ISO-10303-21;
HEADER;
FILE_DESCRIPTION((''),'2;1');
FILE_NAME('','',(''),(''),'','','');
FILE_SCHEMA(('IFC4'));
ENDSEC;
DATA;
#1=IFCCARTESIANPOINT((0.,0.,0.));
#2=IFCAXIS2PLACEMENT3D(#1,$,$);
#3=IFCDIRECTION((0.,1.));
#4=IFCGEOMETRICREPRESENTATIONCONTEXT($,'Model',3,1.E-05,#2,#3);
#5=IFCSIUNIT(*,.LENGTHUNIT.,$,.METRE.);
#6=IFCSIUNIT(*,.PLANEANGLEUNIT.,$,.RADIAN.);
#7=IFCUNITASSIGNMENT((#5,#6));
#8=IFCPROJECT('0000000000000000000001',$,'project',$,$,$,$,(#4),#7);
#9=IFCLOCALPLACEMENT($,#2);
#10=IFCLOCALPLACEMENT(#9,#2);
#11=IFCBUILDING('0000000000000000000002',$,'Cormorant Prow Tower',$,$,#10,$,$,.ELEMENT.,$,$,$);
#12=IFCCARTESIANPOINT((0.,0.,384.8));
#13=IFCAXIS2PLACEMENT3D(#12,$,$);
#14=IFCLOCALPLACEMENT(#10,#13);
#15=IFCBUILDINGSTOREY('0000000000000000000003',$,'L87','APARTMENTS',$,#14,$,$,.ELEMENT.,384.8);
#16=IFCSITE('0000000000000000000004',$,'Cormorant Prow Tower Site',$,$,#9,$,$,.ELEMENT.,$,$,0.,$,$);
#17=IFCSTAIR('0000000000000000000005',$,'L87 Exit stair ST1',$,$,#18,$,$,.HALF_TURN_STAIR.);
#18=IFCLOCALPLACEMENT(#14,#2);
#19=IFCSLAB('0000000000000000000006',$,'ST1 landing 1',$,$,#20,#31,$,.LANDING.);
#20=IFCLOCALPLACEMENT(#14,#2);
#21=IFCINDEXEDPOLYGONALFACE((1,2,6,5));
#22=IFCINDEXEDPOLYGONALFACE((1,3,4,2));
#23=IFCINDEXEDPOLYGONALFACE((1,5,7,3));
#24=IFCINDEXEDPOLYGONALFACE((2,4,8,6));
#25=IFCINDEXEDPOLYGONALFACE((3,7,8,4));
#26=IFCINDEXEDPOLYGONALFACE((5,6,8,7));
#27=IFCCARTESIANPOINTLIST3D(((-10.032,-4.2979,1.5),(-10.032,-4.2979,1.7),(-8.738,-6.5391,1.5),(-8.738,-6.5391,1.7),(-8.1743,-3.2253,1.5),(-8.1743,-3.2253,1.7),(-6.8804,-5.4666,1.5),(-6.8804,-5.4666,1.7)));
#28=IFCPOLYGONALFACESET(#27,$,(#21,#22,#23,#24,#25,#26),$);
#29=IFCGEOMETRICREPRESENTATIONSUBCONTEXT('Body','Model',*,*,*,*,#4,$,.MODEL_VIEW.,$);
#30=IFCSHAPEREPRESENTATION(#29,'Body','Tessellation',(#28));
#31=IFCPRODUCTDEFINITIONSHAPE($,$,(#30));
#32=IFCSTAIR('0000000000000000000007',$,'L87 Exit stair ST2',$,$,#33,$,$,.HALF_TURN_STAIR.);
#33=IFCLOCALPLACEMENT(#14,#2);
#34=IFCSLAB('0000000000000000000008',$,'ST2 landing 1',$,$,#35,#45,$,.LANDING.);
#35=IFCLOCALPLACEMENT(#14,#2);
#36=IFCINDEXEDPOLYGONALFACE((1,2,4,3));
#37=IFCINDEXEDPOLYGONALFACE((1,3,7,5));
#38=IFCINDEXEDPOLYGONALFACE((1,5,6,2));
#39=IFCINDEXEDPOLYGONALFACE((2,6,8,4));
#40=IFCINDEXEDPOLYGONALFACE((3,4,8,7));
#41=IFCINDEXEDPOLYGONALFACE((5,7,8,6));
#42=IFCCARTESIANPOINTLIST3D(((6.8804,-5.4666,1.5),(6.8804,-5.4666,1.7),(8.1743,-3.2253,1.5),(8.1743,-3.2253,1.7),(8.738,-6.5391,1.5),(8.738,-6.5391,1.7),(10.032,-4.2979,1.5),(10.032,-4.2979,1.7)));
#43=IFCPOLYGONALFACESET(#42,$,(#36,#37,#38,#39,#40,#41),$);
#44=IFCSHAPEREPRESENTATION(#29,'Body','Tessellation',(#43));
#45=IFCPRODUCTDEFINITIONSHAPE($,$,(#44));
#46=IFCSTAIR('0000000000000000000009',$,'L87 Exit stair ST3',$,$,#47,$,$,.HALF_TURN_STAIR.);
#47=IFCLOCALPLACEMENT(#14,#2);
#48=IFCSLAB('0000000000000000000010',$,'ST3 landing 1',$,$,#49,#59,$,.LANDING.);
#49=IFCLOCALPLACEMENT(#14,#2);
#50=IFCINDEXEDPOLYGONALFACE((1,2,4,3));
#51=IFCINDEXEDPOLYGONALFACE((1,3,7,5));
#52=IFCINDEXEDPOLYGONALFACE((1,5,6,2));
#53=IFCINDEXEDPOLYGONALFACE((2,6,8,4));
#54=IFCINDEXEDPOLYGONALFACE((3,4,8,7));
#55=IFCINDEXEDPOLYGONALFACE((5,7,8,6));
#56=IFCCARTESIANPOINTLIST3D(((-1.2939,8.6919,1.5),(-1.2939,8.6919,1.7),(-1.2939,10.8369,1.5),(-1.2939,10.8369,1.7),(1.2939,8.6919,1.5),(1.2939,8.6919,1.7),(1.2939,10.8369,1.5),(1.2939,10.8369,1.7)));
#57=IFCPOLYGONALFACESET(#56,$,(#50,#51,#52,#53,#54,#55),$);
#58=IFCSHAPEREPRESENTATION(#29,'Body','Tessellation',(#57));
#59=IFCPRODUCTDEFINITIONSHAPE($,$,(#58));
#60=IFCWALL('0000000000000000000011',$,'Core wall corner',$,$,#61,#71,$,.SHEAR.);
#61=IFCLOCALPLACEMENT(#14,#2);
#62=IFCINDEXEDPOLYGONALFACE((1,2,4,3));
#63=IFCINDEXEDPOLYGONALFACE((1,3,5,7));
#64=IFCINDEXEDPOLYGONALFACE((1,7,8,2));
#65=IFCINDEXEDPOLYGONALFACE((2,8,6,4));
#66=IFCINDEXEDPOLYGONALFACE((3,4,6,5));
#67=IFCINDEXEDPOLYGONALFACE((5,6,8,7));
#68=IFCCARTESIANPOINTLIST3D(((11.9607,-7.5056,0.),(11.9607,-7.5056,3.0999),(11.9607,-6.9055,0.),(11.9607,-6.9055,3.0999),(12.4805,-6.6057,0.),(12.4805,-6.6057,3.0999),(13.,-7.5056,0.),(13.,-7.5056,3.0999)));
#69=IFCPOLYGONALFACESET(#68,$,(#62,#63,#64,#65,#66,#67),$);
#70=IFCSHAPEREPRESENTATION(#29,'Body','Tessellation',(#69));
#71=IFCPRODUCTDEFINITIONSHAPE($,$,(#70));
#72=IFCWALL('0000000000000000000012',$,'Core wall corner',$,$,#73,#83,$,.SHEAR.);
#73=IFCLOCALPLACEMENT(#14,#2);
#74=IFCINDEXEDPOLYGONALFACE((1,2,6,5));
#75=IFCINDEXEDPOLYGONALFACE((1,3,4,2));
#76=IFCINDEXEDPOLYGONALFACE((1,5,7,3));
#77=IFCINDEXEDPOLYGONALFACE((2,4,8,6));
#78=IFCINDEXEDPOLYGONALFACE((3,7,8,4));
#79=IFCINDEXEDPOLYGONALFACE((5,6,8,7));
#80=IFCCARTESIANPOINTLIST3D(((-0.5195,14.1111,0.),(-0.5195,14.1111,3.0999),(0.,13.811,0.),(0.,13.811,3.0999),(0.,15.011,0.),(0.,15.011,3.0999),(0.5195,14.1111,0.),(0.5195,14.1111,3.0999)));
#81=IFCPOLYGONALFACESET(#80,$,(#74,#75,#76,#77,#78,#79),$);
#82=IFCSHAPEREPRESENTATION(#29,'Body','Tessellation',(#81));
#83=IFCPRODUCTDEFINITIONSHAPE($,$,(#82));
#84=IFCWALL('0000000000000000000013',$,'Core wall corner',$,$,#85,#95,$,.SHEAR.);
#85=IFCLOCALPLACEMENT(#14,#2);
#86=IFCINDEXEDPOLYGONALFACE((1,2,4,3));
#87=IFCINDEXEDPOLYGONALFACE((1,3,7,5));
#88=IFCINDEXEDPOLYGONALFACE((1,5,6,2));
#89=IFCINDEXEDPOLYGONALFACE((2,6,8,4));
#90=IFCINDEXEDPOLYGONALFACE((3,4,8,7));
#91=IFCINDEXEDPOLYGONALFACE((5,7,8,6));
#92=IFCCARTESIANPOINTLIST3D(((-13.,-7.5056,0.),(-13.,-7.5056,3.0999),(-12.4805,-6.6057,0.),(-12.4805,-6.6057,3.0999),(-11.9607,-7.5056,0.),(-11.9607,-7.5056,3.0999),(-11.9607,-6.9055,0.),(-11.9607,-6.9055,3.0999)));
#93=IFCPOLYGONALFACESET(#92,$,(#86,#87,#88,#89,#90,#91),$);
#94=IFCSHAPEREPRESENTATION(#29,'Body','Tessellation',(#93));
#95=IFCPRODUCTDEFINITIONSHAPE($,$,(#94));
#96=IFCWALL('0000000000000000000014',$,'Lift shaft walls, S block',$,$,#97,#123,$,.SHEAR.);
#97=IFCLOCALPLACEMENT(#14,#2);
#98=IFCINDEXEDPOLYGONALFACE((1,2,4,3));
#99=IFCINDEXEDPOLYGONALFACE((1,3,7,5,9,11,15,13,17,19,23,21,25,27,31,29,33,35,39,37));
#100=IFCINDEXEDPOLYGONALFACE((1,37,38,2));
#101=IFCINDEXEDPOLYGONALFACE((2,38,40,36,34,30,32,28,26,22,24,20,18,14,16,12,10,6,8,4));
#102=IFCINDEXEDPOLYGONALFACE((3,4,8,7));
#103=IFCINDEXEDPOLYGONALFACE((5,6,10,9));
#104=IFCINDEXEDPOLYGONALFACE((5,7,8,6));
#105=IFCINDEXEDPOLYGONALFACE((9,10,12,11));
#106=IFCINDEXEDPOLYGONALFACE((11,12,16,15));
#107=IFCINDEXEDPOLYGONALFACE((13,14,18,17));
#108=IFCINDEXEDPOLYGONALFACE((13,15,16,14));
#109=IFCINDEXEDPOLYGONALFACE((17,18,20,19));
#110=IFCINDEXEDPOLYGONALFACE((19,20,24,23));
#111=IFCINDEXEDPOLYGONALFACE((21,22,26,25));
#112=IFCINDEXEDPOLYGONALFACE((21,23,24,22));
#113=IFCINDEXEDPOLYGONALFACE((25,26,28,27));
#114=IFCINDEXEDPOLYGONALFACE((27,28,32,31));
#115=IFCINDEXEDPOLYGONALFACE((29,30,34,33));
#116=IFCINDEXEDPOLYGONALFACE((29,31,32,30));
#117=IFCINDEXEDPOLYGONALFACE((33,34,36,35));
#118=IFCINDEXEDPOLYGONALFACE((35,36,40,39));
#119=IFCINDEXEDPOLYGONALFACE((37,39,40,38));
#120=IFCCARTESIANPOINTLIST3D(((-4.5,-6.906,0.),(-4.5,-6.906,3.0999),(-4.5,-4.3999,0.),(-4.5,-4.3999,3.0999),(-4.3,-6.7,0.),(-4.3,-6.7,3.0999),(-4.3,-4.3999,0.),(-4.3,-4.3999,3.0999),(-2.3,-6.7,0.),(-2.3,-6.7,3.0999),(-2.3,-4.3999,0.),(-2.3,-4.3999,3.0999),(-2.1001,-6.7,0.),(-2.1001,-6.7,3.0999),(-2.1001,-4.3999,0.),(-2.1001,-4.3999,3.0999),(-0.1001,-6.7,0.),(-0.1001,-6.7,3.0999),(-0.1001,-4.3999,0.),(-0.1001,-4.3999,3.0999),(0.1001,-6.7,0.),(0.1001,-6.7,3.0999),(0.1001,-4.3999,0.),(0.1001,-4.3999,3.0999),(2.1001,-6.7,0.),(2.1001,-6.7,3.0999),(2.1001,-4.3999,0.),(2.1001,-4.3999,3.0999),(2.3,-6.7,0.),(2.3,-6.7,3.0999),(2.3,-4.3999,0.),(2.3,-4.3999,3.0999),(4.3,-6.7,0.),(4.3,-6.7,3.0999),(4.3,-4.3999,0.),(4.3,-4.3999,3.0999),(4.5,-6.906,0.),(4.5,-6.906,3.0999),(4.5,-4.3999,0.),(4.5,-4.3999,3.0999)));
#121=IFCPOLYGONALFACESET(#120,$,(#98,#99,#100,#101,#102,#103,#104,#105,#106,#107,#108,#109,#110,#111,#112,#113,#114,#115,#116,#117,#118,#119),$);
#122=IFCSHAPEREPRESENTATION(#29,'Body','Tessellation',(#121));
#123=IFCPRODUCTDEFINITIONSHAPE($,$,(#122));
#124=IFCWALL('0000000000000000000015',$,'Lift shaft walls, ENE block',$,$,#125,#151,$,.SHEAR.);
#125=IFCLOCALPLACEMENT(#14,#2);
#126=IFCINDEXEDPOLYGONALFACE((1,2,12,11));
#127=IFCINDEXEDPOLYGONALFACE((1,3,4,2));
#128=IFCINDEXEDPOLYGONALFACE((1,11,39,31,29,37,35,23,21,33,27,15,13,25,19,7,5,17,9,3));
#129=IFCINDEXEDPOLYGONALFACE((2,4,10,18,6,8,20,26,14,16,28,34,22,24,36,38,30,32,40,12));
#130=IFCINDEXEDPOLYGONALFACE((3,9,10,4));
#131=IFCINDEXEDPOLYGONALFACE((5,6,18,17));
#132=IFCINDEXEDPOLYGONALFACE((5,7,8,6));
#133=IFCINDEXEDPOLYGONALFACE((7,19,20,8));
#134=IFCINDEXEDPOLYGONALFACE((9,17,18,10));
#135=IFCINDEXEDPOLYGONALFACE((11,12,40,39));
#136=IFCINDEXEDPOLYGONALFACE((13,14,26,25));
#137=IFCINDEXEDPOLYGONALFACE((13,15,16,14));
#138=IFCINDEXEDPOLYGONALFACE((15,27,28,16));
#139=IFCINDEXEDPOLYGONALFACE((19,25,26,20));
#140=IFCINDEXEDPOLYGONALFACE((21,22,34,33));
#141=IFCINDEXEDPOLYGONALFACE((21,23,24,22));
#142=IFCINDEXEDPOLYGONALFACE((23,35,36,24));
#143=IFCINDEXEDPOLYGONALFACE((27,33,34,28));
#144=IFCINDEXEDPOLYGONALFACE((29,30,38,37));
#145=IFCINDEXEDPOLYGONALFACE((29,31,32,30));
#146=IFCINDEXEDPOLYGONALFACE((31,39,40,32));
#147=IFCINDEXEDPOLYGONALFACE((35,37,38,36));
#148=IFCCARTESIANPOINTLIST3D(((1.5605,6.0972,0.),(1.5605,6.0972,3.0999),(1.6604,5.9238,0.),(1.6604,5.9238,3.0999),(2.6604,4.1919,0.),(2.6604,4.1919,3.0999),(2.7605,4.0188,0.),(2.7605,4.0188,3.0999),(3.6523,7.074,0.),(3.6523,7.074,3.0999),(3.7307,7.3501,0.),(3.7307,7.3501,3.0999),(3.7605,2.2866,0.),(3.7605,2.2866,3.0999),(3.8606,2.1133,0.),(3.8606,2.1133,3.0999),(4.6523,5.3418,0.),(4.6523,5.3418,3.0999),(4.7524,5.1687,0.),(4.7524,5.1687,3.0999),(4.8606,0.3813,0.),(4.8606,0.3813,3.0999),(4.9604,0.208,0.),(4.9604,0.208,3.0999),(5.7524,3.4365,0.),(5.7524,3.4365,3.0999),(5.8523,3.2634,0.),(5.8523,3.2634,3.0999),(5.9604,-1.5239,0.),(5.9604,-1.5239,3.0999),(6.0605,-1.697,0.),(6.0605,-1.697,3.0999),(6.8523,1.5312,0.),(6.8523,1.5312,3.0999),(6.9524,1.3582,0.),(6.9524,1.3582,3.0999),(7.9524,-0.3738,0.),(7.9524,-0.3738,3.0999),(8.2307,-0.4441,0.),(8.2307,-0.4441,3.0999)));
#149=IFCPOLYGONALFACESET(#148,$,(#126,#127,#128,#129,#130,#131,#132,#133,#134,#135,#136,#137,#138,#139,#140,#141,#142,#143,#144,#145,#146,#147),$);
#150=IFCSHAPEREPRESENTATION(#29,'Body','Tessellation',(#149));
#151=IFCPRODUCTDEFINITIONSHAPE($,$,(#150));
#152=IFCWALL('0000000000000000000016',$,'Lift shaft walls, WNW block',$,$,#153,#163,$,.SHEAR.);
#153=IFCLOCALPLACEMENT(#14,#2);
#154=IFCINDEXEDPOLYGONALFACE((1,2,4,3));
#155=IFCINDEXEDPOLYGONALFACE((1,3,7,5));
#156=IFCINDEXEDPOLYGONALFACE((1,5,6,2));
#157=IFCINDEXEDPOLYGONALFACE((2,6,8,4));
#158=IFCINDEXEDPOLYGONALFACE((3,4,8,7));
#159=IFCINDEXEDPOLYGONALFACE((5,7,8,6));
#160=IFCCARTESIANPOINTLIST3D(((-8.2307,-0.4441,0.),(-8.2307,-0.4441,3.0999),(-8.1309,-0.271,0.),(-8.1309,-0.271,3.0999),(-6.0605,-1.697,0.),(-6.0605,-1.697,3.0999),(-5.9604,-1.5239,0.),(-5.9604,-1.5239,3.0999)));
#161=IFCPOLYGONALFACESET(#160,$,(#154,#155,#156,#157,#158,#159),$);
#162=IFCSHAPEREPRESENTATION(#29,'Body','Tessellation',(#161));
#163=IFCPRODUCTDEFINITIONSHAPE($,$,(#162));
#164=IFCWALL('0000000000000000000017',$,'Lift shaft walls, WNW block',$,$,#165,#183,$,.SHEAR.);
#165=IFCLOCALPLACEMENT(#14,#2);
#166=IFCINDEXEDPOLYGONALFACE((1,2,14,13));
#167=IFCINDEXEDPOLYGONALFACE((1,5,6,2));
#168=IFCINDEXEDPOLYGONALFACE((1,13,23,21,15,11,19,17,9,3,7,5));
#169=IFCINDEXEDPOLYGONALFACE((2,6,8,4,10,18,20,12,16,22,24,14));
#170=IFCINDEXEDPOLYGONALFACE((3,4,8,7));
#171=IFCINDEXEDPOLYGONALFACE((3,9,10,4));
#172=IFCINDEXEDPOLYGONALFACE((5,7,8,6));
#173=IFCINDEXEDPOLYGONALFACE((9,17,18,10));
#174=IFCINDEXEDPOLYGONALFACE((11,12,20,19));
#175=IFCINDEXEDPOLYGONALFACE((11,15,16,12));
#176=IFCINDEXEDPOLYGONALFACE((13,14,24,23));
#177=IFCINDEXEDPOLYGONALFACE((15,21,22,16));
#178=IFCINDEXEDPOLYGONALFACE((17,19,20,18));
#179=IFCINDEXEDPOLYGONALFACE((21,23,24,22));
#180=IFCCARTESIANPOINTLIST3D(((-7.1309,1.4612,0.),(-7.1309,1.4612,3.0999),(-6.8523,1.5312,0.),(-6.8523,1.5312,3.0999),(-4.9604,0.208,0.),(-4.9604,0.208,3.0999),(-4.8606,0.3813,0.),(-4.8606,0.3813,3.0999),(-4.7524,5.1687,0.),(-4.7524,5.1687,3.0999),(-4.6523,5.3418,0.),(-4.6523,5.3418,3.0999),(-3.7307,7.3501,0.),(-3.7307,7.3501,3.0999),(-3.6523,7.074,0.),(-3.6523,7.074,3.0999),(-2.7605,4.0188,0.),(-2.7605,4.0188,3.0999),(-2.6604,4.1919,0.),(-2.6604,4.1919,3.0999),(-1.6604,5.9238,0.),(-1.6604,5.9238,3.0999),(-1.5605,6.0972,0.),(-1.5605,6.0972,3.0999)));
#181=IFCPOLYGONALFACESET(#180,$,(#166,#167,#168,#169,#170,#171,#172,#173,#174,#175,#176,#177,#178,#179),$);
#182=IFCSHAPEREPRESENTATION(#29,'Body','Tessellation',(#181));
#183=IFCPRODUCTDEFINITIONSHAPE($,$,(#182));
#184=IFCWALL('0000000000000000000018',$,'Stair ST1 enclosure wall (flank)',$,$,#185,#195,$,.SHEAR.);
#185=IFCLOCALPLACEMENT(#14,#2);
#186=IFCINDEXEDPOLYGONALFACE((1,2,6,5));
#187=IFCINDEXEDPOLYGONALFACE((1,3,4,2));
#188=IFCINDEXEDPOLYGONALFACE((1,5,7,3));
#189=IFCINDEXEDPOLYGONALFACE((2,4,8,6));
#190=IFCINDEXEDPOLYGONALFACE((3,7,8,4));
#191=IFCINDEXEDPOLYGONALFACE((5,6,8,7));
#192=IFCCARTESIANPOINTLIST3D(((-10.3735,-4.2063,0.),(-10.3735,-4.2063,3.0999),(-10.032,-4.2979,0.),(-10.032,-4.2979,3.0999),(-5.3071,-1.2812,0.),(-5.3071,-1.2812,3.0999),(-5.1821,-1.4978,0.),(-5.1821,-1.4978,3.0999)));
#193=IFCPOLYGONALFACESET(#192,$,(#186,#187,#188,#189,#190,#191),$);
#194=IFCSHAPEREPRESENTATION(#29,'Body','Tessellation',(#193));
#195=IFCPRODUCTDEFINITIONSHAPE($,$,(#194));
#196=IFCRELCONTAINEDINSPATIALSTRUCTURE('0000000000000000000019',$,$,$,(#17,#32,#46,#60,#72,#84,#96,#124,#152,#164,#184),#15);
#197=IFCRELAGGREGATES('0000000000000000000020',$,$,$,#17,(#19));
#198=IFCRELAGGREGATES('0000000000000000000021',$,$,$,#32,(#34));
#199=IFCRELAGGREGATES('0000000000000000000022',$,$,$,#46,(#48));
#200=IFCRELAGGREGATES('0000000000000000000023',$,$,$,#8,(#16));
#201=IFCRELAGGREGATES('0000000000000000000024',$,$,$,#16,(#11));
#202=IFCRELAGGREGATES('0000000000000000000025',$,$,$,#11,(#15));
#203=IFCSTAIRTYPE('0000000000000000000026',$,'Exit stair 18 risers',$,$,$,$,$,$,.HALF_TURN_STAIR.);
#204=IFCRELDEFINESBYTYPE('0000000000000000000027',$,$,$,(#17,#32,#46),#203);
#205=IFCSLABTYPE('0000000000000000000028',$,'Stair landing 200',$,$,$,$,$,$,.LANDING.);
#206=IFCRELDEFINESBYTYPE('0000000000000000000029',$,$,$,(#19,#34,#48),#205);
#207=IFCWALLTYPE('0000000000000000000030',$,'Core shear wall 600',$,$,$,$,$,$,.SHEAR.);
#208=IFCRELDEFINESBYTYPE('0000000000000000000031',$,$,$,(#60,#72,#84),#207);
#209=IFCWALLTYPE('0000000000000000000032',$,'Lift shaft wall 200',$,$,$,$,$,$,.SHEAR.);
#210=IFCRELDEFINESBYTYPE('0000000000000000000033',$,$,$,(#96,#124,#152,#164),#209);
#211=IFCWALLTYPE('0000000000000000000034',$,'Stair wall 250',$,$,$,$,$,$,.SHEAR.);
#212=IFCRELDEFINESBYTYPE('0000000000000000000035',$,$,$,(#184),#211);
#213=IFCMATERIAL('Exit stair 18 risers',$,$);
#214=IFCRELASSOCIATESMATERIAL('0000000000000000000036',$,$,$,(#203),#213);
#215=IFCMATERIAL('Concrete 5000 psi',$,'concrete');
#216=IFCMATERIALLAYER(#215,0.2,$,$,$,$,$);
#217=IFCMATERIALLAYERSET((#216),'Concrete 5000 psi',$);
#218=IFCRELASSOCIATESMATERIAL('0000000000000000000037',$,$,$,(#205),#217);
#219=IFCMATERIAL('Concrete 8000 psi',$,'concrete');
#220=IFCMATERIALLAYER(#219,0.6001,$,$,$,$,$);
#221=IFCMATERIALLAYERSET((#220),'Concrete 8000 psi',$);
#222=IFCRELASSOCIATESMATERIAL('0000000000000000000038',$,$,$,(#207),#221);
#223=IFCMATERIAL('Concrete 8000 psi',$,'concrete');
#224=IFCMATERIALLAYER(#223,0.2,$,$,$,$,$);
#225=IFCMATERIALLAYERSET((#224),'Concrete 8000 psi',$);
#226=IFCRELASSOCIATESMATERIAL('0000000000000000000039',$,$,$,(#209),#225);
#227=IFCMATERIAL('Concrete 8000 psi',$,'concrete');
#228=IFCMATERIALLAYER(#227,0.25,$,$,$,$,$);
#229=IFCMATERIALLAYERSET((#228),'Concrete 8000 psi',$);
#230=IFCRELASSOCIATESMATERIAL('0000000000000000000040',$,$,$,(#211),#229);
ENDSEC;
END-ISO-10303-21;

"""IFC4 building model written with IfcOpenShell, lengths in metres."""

from ifc_helpers import new_model, si_unit, direction, frame, origin, place, context, subcontext, project, spatial, polyline, outline, extrude, material, layer, layer_set, type_object, element, aggregate, save


model = new_model("IFC4")

# Units and contexts
model_context = context("Model", 3, precision=1e-05, world=origin(), true_north=direction((0.0, 1.0)))
body_context = subcontext(model_context, "Body", "Model", "MODEL_VIEW")
ifc_project = project(units=[si_unit("LENGTHUNIT", "METRE"), si_unit("PLANEANGLEUNIT", "RADIAN")], contexts=[model_context])

# Site, building, storey
site_placement = place(None, origin())
site = spatial("IfcSite", under=ifc_project, at=site_placement, Name="Cormorant Prow Tower Site", CompositionType="ELEMENT", RefElevation=0.0)
building_placement = place(site_placement, origin())
building = spatial("IfcBuilding", under=site, at=building_placement, Name="Cormorant Prow Tower", CompositionType="ELEMENT")
storey_placement = place(building_placement, frame((0.0, 0.0, 384.8)))
storey = spatial("IfcBuildingStorey", under=building, at=storey_placement, Name="L87", Description="APARTMENTS", CompositionType="ELEMENT", Elevation=384.8)

# Stairs, slabs
ifc_material_1 = material(Name="Exit stair 18 risers")
stair_type = type_object("IfcStairType", Name="Exit stair 18 risers", PredefinedType="HALF_TURN_STAIR", material=ifc_material_1)
stair_1_placement = place(storey_placement, origin())
stair_1 = element("IfcStair", 1, at=stair_1_placement, inside=storey, type_object=stair_type, Name="L87 Exit stair ST1", PredefinedType="HALF_TURN_STAIR")
ifc_material_2 = material(Name="Concrete 5000 psi", Category="concrete")
ifc_layer_1 = layer(ifc_material_2, 0.2)
ifc_layer_set_1 = layer_set([ifc_layer_1], Name="Concrete 5000 psi")
slab_type = type_object("IfcSlabType", Name="Stair landing 200", PredefinedType="LANDING", material=ifc_layer_set_1)
slab_1_placement = place(storey_placement, frame((0.0, 0.0, 1.5)))
slab_1 = element("IfcSlab", 2, at=slab_1_placement, type_object=slab_type, Name="ST1 landing 1", PredefinedType="LANDING", context=body_context, shape_type="SweptSolid", body=[
    extrude(outline(polyline([(-8.1743, -3.2253), (-10.032, -4.2979), (-8.738, -6.5391), (-6.8804, -5.4666), (-8.1743, -3.2253)])), origin(), (0.0, 0.0, 1.0), 0.2),
])
aggregate(stair_1, [slab_1])
stair_2_placement = place(storey_placement, origin())
stair_2 = element("IfcStair", 3, at=stair_2_placement, inside=storey, type_object=stair_type, Name="L87 Exit stair ST2", PredefinedType="HALF_TURN_STAIR")
slab_2_placement = place(storey_placement, frame((0.0, 0.0, 1.5)))
slab_2 = element("IfcSlab", 4, at=slab_2_placement, type_object=slab_type, Name="ST2 landing 1", PredefinedType="LANDING", context=body_context, shape_type="SweptSolid", body=[
    extrude(outline(polyline([(6.8804, -5.4666), (8.738, -6.5391), (10.032, -4.2979), (8.1743, -3.2253), (6.8804, -5.4666)])), origin(), (0.0, 0.0, 1.0), 0.2),
])
aggregate(stair_2, [slab_2])
stair_3_placement = place(storey_placement, origin())
stair_3 = element("IfcStair", 5, at=stair_3_placement, inside=storey, type_object=stair_type, Name="L87 Exit stair ST3", PredefinedType="HALF_TURN_STAIR")
slab_3_placement = place(storey_placement, frame((0.0, 0.0, 1.5)))
slab_3 = element("IfcSlab", 6, at=slab_3_placement, type_object=slab_type, Name="ST3 landing 1", PredefinedType="LANDING", context=body_context, shape_type="SweptSolid", body=[
    extrude(outline(polyline([(1.2939, 8.6919), (1.2939, 10.8369), (-1.2939, 10.8369), (-1.2939, 8.6919), (1.2939, 8.6919)])), origin(), (0.0, 0.0, 1.0), 0.2),
])

# Walls
ifc_material_3 = material(Name="Concrete 8000 psi", Category="concrete")
ifc_layer_2 = layer(ifc_material_3, 0.6001)
ifc_layer_set_2 = layer_set([ifc_layer_2], Name="Concrete 8000 psi")
wall_type_1 = type_object("IfcWallType", Name="Core shear wall 600", PredefinedType="SHEAR", material=ifc_layer_set_2)
wall_1_placement = place(storey_placement, origin())
element("IfcWall", 7, at=wall_1_placement, inside=storey, type_object=wall_type_1, Name="Core wall corner", PredefinedType="SHEAR", context=body_context, shape_type="SweptSolid", body=[
    extrude(outline(polyline([(11.9607, -7.5056), (11.9607, -6.9055), (12.4805, -6.6057), (13.0, -7.5056), (11.9607, -7.5056)])), origin(), (0.0, 0.0, 1.0), 3.0999),
])
wall_2_placement = place(storey_placement, origin())
element("IfcWall", 8, at=wall_2_placement, inside=storey, type_object=wall_type_1, Name="Core wall corner", PredefinedType="SHEAR", context=body_context, shape_type="SweptSolid", body=[
    extrude(outline(polyline([(-0.5195, 14.1111), (0.0, 15.011), (0.5195, 14.1111), (0.0, 13.811), (-0.5195, 14.1111)])), origin(), (0.0, 0.0, 1.0), 3.0999),
])
wall_3_placement = place(storey_placement, origin())
element("IfcWall", 9, at=wall_3_placement, inside=storey, type_object=wall_type_1, Name="Core wall corner", PredefinedType="SHEAR", context=body_context, shape_type="SweptSolid", body=[
    extrude(outline(polyline([(-12.4805, -6.6057), (-11.9607, -6.9055), (-11.9607, -7.5056), (-13.0, -7.5056), (-12.4805, -6.6057)])), origin(), (0.0, 0.0, 1.0), 3.0999),
])
ifc_material_4 = material(Name="Concrete 8000 psi", Category="concrete")
ifc_layer_3 = layer(ifc_material_4, 0.2)
ifc_layer_set_3 = layer_set([ifc_layer_3], Name="Concrete 8000 psi")
wall_type_2 = type_object("IfcWallType", Name="Lift shaft wall 200", PredefinedType="SHEAR", material=ifc_layer_set_3)
wall_4_placement = place(storey_placement, origin())
element("IfcWall", 10, at=wall_4_placement, inside=storey, type_object=wall_type_2, Name="Lift shaft walls, S block", PredefinedType="SHEAR", context=body_context, shape_type="SweptSolid", body=[
    extrude(outline(polyline([(4.5, -4.3999), (4.5, -6.906), (-4.5, -6.906), (-4.5, -4.3999), (-4.3, -4.3999), (-4.3, -6.7), (-2.3, -6.7), (-2.3, -4.3999), (-2.1001, -4.3999), (-2.1001, -6.7), (-0.1001, -6.7), (-0.1001, -4.3999), (0.1001, -4.3999), (0.1001, -6.7), (2.1001, -6.7), (2.1001, -4.3999), (2.3, -4.3999), (2.3, -6.7), (4.3, -6.7), (4.3, -4.3999), (4.5, -4.3999)])), origin(), (0.0, 0.0, 1.0), 3.0999),
])
wall_5_placement = place(storey_placement, origin())
element("IfcWall", 11, at=wall_5_placement, inside=storey, type_object=wall_type_2, Name="Lift shaft walls, ENE block", PredefinedType="SHEAR", context=body_context, shape_type="SweptSolid", body=[
    extrude(outline(polyline([(1.5605, 6.0972), (3.7307, 7.3501), (8.2307, -0.4441), (6.0605, -1.697), (5.9604, -1.5239), (7.9524, -0.3738), (6.9524, 1.3582), (4.9604, 0.208), (4.8606, 0.3813), (6.8523, 1.5312), (5.8523, 3.2634), (3.8606, 2.1133), (3.7605, 2.2866), (5.7524, 3.4365), (4.7524, 5.1687), (2.7605, 4.0188), (2.6604, 4.1919), (4.6523, 5.3418), (3.6523, 7.074), (1.6604, 5.9238), (1.5605, 6.0972)])), origin(), (0.0, 0.0, 1.0), 3.0999),
])
wall_6_placement = place(storey_placement, origin())
element("IfcWall", 12, at=wall_6_placement, inside=storey, type_object=wall_type_2, Name="Lift shaft walls, WNW block", PredefinedType="SHEAR", context=body_context, shape_type="SweptSolid", body=[
    extrude(outline(polyline([(-6.0605, -1.697), (-8.2307, -0.4441), (-8.1309, -0.271), (-5.9604, -1.5239), (-6.0605, -1.697)])), origin(), (0.0, 0.0, 1.0), 3.0999),
])
wall_7_placement = place(storey_placement, origin())
element("IfcWall", 13, at=wall_7_placement, inside=storey, type_object=wall_type_2, Name="Lift shaft walls, WNW block", PredefinedType="SHEAR", context=body_context, shape_type="SweptSolid", body=[
    extrude(outline(polyline([(-4.9604, 0.208), (-7.1309, 1.4612), (-3.7307, 7.3501), (-1.5605, 6.0972), (-1.6604, 5.9238), (-3.6523, 7.074), (-4.6523, 5.3418), (-2.6604, 4.1919), (-2.7605, 4.0188), (-4.7524, 5.1687), (-6.8523, 1.5312), (-4.8606, 0.3813), (-4.9604, 0.208)])), origin(), (0.0, 0.0, 1.0), 3.0999),
])
ifc_material_5 = material(Name="Concrete 8000 psi", Category="concrete")
ifc_layer_4 = layer(ifc_material_5, 0.25)
ifc_layer_set_4 = layer_set([ifc_layer_4], Name="Concrete 8000 psi")
wall_type_3 = type_object("IfcWallType", Name="Stair wall 250", PredefinedType="SHEAR", material=ifc_layer_set_4)
wall_8_placement = place(storey_placement, origin())
element("IfcWall", 14, at=wall_8_placement, inside=storey, type_object=wall_type_3, Name="Stair ST1 enclosure wall (flank)", PredefinedType="SHEAR", context=body_context, shape_type="SweptSolid", body=[
    extrude(outline(polyline([(-5.3071, -1.2812), (-10.3735, -4.2063), (-10.032, -4.2979), (-5.1821, -1.4978), (-5.3071, -1.2812)])), origin(), (0.0, 0.0, 1.0), 3.0999),
])

aggregate(stair_3, [slab_3])

save(model, "model.ifc")
